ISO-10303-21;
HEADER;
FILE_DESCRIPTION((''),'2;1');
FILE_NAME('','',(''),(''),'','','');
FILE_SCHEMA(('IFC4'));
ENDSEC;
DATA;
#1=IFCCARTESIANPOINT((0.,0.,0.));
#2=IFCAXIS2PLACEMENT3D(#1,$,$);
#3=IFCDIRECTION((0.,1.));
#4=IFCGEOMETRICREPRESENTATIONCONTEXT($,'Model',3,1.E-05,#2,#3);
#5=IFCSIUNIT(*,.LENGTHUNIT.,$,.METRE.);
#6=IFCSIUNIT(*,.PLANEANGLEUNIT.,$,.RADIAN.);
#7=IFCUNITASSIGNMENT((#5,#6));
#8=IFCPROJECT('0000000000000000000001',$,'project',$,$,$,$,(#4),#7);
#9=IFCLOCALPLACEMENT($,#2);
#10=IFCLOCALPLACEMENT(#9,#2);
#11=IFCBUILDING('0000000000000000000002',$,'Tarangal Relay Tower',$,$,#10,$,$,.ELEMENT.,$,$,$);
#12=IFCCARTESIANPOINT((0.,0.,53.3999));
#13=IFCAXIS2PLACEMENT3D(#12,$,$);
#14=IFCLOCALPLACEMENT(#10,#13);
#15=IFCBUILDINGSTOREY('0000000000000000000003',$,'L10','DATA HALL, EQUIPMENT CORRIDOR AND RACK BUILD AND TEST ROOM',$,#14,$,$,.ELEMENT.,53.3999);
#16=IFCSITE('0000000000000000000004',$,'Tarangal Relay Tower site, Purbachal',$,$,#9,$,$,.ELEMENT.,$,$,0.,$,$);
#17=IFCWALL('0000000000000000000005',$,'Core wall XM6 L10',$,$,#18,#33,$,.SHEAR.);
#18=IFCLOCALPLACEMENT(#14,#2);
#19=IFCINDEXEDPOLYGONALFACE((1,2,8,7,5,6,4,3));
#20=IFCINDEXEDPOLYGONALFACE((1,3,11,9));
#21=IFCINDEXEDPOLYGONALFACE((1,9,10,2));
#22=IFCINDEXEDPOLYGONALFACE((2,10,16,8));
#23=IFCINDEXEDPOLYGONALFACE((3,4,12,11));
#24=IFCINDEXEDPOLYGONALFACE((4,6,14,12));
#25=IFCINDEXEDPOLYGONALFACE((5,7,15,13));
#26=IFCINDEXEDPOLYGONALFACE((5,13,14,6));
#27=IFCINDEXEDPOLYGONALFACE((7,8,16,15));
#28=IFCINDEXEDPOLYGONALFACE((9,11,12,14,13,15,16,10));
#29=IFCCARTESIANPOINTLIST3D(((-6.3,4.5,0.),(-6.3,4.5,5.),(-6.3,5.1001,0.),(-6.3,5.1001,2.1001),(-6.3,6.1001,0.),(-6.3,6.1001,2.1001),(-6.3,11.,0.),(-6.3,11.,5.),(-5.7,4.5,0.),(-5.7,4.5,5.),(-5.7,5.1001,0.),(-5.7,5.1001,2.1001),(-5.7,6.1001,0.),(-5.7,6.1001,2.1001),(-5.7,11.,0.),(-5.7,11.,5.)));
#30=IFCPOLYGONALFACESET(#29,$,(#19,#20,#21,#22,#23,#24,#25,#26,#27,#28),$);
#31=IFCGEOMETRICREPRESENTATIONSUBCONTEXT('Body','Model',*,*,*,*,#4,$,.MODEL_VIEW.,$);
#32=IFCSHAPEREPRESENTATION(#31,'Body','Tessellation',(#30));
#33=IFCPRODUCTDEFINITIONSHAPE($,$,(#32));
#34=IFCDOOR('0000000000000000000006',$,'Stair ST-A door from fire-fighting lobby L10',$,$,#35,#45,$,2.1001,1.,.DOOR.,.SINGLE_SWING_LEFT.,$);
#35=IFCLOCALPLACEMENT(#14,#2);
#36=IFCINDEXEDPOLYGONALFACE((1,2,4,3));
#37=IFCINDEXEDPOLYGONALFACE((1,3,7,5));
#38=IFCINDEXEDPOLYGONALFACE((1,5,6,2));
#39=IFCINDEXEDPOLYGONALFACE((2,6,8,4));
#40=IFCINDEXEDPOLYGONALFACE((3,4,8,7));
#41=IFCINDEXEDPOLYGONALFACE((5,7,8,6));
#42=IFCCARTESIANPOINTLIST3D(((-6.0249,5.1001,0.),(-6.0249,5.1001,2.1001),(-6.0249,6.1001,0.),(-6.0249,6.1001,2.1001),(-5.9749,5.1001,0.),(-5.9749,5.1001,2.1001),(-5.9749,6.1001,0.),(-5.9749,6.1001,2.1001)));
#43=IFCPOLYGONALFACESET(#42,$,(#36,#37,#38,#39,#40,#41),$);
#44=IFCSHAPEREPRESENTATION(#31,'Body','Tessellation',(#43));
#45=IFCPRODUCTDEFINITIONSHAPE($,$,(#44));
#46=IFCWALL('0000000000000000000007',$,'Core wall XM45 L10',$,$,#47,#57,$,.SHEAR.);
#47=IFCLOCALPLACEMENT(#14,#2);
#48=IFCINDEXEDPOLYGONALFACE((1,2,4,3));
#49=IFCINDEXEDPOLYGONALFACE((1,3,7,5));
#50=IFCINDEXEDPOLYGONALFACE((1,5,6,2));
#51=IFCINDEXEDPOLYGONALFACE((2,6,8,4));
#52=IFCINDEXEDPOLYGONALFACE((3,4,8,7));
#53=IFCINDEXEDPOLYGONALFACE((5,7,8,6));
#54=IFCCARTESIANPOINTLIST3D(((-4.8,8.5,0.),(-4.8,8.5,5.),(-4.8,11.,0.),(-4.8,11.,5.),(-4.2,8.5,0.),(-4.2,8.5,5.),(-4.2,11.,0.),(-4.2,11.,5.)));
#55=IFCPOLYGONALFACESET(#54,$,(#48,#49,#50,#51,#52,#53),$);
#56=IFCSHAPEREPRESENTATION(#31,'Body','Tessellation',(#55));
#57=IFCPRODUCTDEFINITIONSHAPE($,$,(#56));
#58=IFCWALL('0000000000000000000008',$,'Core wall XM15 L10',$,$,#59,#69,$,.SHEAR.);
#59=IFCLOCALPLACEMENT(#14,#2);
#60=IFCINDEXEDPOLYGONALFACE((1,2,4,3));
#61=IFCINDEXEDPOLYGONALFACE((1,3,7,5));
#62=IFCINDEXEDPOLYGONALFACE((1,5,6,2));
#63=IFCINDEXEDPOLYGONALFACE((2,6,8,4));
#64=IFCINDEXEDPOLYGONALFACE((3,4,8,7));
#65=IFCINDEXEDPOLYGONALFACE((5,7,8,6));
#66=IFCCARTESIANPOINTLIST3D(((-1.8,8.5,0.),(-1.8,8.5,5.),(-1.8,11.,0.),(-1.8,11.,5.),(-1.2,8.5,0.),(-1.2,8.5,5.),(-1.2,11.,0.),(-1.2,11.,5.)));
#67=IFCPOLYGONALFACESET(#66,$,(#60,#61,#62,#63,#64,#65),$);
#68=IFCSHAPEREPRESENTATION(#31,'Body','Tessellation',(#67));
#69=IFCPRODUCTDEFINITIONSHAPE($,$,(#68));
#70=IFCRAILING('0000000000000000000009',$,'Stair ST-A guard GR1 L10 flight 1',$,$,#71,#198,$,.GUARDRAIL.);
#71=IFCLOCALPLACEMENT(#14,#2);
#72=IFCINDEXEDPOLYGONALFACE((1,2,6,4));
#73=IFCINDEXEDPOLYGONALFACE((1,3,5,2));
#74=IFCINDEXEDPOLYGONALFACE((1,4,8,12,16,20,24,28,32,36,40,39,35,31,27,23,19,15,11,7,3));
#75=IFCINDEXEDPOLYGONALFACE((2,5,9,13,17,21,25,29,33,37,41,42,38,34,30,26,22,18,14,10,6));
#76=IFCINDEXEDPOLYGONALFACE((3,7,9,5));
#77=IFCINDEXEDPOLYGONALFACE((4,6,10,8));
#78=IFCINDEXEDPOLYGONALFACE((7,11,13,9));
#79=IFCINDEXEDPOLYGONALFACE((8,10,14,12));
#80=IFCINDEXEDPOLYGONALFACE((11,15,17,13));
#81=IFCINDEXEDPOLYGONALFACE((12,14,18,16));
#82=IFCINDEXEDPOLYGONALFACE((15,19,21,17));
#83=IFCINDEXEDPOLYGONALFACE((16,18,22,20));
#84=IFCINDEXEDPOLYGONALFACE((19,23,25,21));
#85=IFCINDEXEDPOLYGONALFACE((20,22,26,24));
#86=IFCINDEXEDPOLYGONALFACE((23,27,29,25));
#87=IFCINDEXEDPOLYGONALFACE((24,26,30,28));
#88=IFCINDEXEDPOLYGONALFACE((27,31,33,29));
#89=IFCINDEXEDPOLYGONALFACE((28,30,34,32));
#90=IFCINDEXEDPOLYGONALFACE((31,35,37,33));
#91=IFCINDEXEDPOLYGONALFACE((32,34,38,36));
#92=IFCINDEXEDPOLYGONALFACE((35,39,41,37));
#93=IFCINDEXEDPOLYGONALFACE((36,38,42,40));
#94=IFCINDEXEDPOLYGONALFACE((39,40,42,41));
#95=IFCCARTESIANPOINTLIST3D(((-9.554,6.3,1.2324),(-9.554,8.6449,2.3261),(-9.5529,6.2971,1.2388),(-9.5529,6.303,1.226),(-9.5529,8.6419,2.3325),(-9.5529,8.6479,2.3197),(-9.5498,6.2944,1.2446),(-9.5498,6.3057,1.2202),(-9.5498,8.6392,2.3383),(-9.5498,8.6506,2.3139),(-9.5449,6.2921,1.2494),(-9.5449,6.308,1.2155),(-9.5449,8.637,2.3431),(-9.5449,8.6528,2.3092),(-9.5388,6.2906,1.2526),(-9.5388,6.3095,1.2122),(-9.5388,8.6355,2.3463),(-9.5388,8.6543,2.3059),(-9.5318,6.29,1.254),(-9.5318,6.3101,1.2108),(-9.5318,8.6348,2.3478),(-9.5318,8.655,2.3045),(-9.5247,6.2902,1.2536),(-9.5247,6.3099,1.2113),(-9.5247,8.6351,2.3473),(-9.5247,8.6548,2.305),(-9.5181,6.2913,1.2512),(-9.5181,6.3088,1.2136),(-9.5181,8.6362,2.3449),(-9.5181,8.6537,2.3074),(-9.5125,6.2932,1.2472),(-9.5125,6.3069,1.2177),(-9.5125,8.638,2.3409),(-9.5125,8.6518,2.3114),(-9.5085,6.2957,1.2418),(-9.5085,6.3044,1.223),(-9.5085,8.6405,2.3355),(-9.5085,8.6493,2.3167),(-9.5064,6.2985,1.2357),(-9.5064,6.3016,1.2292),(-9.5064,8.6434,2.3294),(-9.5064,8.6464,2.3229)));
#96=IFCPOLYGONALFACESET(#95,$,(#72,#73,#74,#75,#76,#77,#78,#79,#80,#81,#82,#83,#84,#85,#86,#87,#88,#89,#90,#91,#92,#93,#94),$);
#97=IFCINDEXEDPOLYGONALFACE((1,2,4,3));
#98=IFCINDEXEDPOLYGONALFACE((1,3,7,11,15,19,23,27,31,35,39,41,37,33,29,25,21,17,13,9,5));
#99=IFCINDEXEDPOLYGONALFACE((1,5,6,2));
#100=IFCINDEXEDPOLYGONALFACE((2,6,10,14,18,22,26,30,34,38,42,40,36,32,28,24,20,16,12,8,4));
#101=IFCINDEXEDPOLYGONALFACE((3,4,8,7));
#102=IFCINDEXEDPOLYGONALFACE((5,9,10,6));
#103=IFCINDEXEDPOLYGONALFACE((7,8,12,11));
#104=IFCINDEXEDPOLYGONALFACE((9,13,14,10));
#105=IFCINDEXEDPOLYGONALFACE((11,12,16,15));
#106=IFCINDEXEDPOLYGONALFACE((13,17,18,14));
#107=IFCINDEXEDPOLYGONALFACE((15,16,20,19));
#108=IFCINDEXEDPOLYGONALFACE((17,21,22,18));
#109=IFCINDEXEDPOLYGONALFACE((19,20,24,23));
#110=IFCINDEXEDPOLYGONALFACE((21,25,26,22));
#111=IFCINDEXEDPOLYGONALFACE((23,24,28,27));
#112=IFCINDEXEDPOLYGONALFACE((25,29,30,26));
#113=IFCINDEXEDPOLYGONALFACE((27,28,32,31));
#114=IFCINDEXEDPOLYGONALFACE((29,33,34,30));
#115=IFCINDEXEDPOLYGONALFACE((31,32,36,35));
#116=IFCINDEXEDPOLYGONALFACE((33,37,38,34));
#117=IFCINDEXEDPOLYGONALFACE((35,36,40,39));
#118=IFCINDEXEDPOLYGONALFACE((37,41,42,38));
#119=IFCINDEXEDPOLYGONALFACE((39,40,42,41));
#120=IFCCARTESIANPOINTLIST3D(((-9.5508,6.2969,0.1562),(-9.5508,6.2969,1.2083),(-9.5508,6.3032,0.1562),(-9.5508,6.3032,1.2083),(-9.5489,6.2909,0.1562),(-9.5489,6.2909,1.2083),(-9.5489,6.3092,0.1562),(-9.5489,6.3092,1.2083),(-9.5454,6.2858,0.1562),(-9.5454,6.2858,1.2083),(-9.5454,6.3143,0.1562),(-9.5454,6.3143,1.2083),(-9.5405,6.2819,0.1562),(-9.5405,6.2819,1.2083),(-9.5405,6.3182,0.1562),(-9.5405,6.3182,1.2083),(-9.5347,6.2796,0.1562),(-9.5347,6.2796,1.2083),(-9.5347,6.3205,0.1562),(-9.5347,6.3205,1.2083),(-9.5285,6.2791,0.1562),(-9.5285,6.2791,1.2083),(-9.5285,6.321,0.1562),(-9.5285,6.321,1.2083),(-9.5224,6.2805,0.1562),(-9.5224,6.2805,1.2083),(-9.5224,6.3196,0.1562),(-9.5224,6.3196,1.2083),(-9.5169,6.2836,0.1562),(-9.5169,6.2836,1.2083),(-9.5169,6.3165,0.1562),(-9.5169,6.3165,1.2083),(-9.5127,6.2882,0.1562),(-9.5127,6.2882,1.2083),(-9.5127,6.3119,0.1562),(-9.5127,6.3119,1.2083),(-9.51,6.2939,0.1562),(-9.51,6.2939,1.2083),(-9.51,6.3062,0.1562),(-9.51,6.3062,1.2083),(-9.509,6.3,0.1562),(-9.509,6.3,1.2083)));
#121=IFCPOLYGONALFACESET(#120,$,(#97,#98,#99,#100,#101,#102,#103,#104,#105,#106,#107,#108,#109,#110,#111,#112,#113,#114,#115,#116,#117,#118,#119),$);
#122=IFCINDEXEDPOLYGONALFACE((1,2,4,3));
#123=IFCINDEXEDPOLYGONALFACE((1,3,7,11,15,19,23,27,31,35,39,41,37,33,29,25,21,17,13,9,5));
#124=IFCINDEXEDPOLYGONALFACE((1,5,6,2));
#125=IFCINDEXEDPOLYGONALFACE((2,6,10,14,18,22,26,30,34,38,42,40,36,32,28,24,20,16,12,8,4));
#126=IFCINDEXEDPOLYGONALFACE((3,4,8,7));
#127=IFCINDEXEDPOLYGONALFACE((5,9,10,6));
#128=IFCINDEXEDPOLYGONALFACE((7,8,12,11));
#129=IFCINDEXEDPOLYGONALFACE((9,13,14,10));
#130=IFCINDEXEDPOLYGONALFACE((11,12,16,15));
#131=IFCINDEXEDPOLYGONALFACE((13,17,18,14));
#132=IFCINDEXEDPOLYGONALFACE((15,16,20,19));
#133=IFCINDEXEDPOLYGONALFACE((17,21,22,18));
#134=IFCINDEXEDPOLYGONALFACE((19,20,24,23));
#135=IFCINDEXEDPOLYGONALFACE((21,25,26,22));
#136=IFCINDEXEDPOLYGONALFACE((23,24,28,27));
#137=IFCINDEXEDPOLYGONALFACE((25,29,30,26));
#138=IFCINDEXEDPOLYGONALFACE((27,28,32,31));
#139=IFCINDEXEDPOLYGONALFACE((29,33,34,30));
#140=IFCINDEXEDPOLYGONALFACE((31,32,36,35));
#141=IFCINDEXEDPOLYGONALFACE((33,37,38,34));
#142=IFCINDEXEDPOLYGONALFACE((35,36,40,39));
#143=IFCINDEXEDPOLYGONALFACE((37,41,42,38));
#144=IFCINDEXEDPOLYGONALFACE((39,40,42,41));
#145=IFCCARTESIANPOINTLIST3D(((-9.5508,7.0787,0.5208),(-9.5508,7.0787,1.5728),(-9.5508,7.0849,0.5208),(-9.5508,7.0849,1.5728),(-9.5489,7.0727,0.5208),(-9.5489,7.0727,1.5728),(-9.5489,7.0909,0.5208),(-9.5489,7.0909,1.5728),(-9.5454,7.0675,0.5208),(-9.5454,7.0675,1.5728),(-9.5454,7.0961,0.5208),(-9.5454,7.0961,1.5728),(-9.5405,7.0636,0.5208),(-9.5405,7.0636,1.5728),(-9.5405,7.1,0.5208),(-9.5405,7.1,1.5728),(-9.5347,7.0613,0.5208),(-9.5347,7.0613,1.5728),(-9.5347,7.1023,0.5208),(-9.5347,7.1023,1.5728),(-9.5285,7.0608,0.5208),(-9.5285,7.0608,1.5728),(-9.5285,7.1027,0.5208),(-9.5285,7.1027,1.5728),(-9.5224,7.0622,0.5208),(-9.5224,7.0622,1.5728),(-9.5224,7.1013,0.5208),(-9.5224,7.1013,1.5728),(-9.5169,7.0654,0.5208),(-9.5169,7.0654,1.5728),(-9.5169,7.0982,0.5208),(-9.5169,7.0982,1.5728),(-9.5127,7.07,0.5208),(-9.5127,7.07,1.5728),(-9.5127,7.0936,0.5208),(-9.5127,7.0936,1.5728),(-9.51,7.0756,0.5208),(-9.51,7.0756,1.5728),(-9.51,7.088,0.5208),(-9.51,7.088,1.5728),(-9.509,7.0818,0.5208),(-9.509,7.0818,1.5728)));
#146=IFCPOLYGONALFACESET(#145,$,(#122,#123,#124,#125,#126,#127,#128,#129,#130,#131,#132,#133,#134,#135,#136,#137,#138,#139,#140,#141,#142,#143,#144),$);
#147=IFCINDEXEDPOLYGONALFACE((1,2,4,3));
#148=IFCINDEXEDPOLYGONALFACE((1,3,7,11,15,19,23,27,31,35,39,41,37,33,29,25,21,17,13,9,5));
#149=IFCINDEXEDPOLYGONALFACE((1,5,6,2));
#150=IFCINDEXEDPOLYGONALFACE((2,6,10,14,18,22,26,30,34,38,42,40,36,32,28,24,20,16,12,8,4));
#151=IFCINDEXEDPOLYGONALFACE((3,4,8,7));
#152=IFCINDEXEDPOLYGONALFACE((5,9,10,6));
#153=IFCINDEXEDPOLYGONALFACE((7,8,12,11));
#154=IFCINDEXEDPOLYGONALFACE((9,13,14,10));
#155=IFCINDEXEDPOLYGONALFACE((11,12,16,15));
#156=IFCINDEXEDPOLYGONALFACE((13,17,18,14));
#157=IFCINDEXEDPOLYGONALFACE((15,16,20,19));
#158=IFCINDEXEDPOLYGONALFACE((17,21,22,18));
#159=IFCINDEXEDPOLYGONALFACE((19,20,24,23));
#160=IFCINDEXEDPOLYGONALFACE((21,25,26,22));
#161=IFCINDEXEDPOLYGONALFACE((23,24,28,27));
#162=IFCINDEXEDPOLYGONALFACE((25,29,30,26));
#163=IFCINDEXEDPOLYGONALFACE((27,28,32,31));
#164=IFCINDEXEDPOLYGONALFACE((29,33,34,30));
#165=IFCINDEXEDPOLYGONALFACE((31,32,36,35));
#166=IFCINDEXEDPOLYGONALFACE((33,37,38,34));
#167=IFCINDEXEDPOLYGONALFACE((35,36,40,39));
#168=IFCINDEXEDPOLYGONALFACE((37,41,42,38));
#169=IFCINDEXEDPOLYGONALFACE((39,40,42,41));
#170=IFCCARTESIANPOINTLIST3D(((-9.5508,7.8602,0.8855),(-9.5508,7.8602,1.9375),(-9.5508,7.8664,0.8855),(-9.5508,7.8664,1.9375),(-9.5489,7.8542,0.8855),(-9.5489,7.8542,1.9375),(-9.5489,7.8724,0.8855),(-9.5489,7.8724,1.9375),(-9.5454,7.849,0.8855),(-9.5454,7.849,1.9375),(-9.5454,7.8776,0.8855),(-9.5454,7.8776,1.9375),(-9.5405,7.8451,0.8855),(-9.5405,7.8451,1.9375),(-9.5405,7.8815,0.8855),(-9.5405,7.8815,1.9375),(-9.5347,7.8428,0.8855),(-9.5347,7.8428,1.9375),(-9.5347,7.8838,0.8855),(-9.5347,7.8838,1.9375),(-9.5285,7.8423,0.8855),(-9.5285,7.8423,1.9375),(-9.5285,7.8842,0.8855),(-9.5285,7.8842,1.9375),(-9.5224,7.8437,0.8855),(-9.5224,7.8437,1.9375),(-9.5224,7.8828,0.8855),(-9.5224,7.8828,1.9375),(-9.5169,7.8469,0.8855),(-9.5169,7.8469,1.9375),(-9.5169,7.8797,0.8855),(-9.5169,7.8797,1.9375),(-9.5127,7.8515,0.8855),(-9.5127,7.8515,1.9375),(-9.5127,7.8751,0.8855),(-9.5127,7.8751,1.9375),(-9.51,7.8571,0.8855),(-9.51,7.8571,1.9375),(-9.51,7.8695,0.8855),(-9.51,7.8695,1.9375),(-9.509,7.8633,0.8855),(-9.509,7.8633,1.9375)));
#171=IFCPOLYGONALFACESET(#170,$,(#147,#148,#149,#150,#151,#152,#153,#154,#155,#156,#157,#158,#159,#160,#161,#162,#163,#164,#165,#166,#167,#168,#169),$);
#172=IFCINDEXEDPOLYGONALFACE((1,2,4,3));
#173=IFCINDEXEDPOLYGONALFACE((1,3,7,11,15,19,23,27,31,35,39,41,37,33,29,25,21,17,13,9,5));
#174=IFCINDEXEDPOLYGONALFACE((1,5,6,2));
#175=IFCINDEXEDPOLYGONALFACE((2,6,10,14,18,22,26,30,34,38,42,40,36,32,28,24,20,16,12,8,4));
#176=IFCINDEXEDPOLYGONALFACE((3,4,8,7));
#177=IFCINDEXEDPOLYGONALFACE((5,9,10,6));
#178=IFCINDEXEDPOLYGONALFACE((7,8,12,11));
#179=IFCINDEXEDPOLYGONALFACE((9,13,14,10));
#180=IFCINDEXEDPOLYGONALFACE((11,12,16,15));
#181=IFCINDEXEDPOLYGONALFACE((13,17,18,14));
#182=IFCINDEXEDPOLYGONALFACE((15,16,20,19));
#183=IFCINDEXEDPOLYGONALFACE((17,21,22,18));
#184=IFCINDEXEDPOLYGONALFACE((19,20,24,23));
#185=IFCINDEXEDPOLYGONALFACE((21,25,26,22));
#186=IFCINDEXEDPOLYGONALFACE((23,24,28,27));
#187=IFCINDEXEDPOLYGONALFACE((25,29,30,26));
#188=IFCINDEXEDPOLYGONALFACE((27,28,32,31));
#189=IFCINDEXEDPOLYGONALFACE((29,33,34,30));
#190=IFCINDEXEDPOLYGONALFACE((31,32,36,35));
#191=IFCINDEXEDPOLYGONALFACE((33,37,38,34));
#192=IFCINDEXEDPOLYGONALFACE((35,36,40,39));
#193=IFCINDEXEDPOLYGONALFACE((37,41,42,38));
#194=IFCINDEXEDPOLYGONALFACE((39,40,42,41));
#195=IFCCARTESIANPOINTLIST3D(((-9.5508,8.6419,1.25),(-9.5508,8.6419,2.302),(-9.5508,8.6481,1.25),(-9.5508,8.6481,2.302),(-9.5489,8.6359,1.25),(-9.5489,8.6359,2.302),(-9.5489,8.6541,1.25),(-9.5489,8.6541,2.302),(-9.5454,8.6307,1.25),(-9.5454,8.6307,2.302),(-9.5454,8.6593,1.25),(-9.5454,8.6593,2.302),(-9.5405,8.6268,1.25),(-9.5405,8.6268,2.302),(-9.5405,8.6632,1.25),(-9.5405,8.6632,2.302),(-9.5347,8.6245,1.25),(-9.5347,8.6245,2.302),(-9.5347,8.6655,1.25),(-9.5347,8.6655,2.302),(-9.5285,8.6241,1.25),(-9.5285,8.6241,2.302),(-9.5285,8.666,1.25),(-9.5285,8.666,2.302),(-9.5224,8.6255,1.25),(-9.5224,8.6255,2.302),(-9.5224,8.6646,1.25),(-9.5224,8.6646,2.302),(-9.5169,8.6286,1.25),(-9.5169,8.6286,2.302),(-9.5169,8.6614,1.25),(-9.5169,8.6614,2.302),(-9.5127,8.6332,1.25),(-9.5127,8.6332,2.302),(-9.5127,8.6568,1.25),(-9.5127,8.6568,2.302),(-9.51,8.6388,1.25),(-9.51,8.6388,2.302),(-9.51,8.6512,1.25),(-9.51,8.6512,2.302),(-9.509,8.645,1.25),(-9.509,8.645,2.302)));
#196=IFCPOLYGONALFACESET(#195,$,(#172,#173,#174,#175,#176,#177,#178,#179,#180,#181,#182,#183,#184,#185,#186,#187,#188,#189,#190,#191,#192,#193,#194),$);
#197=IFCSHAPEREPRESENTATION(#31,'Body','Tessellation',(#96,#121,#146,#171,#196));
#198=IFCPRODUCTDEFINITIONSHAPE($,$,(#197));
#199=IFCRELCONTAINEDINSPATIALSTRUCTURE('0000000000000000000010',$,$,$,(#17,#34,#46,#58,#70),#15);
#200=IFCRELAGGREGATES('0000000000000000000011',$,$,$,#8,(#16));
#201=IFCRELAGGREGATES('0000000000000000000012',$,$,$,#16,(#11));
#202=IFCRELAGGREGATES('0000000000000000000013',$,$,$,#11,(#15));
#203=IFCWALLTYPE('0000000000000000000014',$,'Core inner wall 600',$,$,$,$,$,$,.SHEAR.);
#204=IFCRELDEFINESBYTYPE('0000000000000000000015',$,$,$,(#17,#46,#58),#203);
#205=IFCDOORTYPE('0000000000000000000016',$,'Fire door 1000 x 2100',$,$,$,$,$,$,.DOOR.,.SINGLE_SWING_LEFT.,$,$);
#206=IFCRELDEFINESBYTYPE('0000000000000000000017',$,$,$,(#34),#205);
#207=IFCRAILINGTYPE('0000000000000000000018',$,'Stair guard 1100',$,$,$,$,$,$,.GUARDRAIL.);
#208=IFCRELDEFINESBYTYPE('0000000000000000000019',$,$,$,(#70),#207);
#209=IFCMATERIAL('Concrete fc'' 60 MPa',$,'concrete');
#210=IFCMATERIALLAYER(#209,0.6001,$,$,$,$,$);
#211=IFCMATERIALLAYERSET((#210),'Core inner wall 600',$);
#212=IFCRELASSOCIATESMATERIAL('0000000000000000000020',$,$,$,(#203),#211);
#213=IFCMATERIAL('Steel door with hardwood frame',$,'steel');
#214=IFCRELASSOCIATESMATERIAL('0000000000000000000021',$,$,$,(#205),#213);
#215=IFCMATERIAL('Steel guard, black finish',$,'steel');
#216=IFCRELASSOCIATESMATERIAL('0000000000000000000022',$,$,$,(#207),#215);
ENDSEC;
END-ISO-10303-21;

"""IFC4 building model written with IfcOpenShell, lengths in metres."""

from ifc_helpers import new_model, si_unit, direction, frame, frame_2d, origin, origin_2d, place, context, subcontext, project, spatial, rectangle, circle, extrude, material, layer, layer_set, type_object, element, fill, save


model = new_model("IFC4")

# Units and contexts
model_context = context("Model", 3, precision=1e-05, world=origin(), true_north=direction((0.0, 1.0)))
body_context = subcontext(model_context, "Body", "Model", "MODEL_VIEW")
ifc_project = project(units=[si_unit("LENGTHUNIT", "METRE"), si_unit("PLANEANGLEUNIT", "RADIAN")], contexts=[model_context])

# Site, building, storey
site_placement = place(None, origin())
site = spatial("IfcSite", under=ifc_project, at=site_placement, Name="Tarangal Relay Tower site, Purbachal", CompositionType="ELEMENT", RefElevation=0.0)
building_placement = place(site_placement, origin())
building = spatial("IfcBuilding", under=site, at=building_placement, Name="Tarangal Relay Tower", CompositionType="ELEMENT")
storey_placement = place(building_placement, frame((0.0, 0.0, 53.3999)))
storey = spatial("IfcBuildingStorey", under=building, at=storey_placement, Name="L10", Description="DATA HALL, EQUIPMENT CORRIDOR AND RACK BUILD AND TEST ROOM", CompositionType="ELEMENT", Elevation=53.3999)

# Shared definitions
ifc_material_1 = material(Name="Concrete fc' 60 MPa", Category="concrete")
ifc_layer_1 = layer(ifc_material_1, 0.6001)
ifc_layer_set_1 = layer_set([ifc_layer_1], Name="Core inner wall 600")
wall_type = type_object("IfcWallType", Name="Core inner wall 600", PredefinedType="SHEAR", material=ifc_layer_set_1)
ifc_material_2 = material(Name="Steel door with hardwood frame", Category="steel")

# Wall, opening, door
wall_1_placement = place(storey_placement, frame((-6.0, 4.5, 0.0), z_axis=(0.0, 0.0, 1.0), x_axis=(0.0, 1.0, 0.0)))
wall_1 = element("IfcWall", 1, at=wall_1_placement, inside=storey, type_object=wall_type, Name="Core wall XM6 L10", PredefinedType="SHEAR", context=body_context, shape_type="SweptSolid", body=[
    extrude(rectangle(XDim=6.5, YDim=0.6001, at=frame_2d((3.25, 0.0))), origin(), (0.0, 0.0, 1.0), 5.0),
])
opening_1_placement = place(wall_1_placement, frame((0.6001, 0.0, 0.0)))
opening_1 = element("IfcOpeningElement", 2, at=opening_1_placement, cuts=wall_1, PredefinedType="OPENING", context=body_context, shape_type="SweptSolid", body=[
    extrude(rectangle(XDim=1.0, YDim=2.1001, at=frame_2d((0.5, 1.05))), frame((0.0, 0.3101, 0.0), z_axis=(0.0, -1.0, 0.0), x_axis=(1.0, 0.0, 0.0)), (0.0, 0.0, 1.0), 0.6201),
])
door_type_1 = type_object("IfcDoorType", Name="Fire door 1000 x 2100", OperationType="SINGLE_SWING_LEFT", PredefinedType="DOOR", material=ifc_material_2)
door_1_placement = place(opening_1_placement, origin())
door_1 = element("IfcDoor", 3, at=door_1_placement, inside=storey, type_object=door_type_1, Name="Stair ST-A door from fire-fighting lobby L10", OperationType="SINGLE_SWING_LEFT", OverallHeight=2.1001, OverallWidth=1.0, PredefinedType="DOOR", context=body_context, shape_type="SweptSolid", body=[
    extrude(rectangle(XDim=1.0, YDim=2.1001, at=frame_2d((0.5, 1.05))), frame((0.0, 0.0249, 0.0), z_axis=(0.0, -1.0, 0.0), x_axis=(1.0, 0.0, 0.0)), (0.0, 0.0, 1.0), 0.05),
])
fill(opening_1, door_1)

# Walls
for number, where, z_axis, x_axis, name in (
    (4, (-4.5, 8.5, 0.0), (0.0, 0.0, 1.0), (0.0, 1.0, 0.0), "Core wall XM45 L10"),
    (5, (-1.5, 8.5, 0.0), (0.0, 0.0, 1.0), (0.0, 1.0, 0.0), "Core wall XM15 L10"),
):
    element("IfcWall", number, at=place(storey_placement, frame(where, z_axis=z_axis, x_axis=x_axis)), inside=storey, type_object=wall_type, Name=name, PredefinedType="SHEAR", context=body_context, shape_type="SweptSolid", body=[
        extrude(rectangle(XDim=2.5, YDim=0.6001, at=frame_2d((1.25, 0.0))), origin(), (0.0, 0.0, 1.0), 5.0),
    ])

# Railing
ifc_material_3 = material(Name="Steel guard, black finish", Category="steel")
railing_type = type_object("IfcRailingType", Name="Stair guard 1100", PredefinedType="GUARDRAIL", material=ifc_material_3)
railing_1_placement = place(storey_placement, frame((-9.53, 6.3, 0.1562)))
element("IfcRailing", 6, at=railing_1_placement, inside=storey, type_object=railing_type, Name="Stair ST-A guard GR1 L10 flight 1", PredefinedType="GUARDRAIL", context=body_context, shape_type="SweptSolid", body=[
    extrude(circle(Radius=0.0239, at=origin_2d()), frame((0.0, 0.0, 1.0762), z_axis=(0.0, 0.906267, 0.422705), x_axis=(-1.0, 0.0, 0.0)), (0.0, 0.0, 1.0), 2.5874),
    extrude(circle(Radius=0.021, at=origin_2d()), origin(), (0.0, 0.0, 1.0), 1.052),
    extrude(circle(Radius=0.021, at=origin_2d()), frame((0.0, 0.7817, 0.3645)), (0.0, 0.0, 1.0), 1.052),
    extrude(circle(Radius=0.021, at=origin_2d()), frame((0.0, 1.5632, 0.7292)), (0.0, 0.0, 1.0), 1.052),
    extrude(circle(Radius=0.021, at=origin_2d()), frame((0.0, 2.345, 1.0938)), (0.0, 0.0, 1.0), 1.052),
])

save(model, "model.ifc")
